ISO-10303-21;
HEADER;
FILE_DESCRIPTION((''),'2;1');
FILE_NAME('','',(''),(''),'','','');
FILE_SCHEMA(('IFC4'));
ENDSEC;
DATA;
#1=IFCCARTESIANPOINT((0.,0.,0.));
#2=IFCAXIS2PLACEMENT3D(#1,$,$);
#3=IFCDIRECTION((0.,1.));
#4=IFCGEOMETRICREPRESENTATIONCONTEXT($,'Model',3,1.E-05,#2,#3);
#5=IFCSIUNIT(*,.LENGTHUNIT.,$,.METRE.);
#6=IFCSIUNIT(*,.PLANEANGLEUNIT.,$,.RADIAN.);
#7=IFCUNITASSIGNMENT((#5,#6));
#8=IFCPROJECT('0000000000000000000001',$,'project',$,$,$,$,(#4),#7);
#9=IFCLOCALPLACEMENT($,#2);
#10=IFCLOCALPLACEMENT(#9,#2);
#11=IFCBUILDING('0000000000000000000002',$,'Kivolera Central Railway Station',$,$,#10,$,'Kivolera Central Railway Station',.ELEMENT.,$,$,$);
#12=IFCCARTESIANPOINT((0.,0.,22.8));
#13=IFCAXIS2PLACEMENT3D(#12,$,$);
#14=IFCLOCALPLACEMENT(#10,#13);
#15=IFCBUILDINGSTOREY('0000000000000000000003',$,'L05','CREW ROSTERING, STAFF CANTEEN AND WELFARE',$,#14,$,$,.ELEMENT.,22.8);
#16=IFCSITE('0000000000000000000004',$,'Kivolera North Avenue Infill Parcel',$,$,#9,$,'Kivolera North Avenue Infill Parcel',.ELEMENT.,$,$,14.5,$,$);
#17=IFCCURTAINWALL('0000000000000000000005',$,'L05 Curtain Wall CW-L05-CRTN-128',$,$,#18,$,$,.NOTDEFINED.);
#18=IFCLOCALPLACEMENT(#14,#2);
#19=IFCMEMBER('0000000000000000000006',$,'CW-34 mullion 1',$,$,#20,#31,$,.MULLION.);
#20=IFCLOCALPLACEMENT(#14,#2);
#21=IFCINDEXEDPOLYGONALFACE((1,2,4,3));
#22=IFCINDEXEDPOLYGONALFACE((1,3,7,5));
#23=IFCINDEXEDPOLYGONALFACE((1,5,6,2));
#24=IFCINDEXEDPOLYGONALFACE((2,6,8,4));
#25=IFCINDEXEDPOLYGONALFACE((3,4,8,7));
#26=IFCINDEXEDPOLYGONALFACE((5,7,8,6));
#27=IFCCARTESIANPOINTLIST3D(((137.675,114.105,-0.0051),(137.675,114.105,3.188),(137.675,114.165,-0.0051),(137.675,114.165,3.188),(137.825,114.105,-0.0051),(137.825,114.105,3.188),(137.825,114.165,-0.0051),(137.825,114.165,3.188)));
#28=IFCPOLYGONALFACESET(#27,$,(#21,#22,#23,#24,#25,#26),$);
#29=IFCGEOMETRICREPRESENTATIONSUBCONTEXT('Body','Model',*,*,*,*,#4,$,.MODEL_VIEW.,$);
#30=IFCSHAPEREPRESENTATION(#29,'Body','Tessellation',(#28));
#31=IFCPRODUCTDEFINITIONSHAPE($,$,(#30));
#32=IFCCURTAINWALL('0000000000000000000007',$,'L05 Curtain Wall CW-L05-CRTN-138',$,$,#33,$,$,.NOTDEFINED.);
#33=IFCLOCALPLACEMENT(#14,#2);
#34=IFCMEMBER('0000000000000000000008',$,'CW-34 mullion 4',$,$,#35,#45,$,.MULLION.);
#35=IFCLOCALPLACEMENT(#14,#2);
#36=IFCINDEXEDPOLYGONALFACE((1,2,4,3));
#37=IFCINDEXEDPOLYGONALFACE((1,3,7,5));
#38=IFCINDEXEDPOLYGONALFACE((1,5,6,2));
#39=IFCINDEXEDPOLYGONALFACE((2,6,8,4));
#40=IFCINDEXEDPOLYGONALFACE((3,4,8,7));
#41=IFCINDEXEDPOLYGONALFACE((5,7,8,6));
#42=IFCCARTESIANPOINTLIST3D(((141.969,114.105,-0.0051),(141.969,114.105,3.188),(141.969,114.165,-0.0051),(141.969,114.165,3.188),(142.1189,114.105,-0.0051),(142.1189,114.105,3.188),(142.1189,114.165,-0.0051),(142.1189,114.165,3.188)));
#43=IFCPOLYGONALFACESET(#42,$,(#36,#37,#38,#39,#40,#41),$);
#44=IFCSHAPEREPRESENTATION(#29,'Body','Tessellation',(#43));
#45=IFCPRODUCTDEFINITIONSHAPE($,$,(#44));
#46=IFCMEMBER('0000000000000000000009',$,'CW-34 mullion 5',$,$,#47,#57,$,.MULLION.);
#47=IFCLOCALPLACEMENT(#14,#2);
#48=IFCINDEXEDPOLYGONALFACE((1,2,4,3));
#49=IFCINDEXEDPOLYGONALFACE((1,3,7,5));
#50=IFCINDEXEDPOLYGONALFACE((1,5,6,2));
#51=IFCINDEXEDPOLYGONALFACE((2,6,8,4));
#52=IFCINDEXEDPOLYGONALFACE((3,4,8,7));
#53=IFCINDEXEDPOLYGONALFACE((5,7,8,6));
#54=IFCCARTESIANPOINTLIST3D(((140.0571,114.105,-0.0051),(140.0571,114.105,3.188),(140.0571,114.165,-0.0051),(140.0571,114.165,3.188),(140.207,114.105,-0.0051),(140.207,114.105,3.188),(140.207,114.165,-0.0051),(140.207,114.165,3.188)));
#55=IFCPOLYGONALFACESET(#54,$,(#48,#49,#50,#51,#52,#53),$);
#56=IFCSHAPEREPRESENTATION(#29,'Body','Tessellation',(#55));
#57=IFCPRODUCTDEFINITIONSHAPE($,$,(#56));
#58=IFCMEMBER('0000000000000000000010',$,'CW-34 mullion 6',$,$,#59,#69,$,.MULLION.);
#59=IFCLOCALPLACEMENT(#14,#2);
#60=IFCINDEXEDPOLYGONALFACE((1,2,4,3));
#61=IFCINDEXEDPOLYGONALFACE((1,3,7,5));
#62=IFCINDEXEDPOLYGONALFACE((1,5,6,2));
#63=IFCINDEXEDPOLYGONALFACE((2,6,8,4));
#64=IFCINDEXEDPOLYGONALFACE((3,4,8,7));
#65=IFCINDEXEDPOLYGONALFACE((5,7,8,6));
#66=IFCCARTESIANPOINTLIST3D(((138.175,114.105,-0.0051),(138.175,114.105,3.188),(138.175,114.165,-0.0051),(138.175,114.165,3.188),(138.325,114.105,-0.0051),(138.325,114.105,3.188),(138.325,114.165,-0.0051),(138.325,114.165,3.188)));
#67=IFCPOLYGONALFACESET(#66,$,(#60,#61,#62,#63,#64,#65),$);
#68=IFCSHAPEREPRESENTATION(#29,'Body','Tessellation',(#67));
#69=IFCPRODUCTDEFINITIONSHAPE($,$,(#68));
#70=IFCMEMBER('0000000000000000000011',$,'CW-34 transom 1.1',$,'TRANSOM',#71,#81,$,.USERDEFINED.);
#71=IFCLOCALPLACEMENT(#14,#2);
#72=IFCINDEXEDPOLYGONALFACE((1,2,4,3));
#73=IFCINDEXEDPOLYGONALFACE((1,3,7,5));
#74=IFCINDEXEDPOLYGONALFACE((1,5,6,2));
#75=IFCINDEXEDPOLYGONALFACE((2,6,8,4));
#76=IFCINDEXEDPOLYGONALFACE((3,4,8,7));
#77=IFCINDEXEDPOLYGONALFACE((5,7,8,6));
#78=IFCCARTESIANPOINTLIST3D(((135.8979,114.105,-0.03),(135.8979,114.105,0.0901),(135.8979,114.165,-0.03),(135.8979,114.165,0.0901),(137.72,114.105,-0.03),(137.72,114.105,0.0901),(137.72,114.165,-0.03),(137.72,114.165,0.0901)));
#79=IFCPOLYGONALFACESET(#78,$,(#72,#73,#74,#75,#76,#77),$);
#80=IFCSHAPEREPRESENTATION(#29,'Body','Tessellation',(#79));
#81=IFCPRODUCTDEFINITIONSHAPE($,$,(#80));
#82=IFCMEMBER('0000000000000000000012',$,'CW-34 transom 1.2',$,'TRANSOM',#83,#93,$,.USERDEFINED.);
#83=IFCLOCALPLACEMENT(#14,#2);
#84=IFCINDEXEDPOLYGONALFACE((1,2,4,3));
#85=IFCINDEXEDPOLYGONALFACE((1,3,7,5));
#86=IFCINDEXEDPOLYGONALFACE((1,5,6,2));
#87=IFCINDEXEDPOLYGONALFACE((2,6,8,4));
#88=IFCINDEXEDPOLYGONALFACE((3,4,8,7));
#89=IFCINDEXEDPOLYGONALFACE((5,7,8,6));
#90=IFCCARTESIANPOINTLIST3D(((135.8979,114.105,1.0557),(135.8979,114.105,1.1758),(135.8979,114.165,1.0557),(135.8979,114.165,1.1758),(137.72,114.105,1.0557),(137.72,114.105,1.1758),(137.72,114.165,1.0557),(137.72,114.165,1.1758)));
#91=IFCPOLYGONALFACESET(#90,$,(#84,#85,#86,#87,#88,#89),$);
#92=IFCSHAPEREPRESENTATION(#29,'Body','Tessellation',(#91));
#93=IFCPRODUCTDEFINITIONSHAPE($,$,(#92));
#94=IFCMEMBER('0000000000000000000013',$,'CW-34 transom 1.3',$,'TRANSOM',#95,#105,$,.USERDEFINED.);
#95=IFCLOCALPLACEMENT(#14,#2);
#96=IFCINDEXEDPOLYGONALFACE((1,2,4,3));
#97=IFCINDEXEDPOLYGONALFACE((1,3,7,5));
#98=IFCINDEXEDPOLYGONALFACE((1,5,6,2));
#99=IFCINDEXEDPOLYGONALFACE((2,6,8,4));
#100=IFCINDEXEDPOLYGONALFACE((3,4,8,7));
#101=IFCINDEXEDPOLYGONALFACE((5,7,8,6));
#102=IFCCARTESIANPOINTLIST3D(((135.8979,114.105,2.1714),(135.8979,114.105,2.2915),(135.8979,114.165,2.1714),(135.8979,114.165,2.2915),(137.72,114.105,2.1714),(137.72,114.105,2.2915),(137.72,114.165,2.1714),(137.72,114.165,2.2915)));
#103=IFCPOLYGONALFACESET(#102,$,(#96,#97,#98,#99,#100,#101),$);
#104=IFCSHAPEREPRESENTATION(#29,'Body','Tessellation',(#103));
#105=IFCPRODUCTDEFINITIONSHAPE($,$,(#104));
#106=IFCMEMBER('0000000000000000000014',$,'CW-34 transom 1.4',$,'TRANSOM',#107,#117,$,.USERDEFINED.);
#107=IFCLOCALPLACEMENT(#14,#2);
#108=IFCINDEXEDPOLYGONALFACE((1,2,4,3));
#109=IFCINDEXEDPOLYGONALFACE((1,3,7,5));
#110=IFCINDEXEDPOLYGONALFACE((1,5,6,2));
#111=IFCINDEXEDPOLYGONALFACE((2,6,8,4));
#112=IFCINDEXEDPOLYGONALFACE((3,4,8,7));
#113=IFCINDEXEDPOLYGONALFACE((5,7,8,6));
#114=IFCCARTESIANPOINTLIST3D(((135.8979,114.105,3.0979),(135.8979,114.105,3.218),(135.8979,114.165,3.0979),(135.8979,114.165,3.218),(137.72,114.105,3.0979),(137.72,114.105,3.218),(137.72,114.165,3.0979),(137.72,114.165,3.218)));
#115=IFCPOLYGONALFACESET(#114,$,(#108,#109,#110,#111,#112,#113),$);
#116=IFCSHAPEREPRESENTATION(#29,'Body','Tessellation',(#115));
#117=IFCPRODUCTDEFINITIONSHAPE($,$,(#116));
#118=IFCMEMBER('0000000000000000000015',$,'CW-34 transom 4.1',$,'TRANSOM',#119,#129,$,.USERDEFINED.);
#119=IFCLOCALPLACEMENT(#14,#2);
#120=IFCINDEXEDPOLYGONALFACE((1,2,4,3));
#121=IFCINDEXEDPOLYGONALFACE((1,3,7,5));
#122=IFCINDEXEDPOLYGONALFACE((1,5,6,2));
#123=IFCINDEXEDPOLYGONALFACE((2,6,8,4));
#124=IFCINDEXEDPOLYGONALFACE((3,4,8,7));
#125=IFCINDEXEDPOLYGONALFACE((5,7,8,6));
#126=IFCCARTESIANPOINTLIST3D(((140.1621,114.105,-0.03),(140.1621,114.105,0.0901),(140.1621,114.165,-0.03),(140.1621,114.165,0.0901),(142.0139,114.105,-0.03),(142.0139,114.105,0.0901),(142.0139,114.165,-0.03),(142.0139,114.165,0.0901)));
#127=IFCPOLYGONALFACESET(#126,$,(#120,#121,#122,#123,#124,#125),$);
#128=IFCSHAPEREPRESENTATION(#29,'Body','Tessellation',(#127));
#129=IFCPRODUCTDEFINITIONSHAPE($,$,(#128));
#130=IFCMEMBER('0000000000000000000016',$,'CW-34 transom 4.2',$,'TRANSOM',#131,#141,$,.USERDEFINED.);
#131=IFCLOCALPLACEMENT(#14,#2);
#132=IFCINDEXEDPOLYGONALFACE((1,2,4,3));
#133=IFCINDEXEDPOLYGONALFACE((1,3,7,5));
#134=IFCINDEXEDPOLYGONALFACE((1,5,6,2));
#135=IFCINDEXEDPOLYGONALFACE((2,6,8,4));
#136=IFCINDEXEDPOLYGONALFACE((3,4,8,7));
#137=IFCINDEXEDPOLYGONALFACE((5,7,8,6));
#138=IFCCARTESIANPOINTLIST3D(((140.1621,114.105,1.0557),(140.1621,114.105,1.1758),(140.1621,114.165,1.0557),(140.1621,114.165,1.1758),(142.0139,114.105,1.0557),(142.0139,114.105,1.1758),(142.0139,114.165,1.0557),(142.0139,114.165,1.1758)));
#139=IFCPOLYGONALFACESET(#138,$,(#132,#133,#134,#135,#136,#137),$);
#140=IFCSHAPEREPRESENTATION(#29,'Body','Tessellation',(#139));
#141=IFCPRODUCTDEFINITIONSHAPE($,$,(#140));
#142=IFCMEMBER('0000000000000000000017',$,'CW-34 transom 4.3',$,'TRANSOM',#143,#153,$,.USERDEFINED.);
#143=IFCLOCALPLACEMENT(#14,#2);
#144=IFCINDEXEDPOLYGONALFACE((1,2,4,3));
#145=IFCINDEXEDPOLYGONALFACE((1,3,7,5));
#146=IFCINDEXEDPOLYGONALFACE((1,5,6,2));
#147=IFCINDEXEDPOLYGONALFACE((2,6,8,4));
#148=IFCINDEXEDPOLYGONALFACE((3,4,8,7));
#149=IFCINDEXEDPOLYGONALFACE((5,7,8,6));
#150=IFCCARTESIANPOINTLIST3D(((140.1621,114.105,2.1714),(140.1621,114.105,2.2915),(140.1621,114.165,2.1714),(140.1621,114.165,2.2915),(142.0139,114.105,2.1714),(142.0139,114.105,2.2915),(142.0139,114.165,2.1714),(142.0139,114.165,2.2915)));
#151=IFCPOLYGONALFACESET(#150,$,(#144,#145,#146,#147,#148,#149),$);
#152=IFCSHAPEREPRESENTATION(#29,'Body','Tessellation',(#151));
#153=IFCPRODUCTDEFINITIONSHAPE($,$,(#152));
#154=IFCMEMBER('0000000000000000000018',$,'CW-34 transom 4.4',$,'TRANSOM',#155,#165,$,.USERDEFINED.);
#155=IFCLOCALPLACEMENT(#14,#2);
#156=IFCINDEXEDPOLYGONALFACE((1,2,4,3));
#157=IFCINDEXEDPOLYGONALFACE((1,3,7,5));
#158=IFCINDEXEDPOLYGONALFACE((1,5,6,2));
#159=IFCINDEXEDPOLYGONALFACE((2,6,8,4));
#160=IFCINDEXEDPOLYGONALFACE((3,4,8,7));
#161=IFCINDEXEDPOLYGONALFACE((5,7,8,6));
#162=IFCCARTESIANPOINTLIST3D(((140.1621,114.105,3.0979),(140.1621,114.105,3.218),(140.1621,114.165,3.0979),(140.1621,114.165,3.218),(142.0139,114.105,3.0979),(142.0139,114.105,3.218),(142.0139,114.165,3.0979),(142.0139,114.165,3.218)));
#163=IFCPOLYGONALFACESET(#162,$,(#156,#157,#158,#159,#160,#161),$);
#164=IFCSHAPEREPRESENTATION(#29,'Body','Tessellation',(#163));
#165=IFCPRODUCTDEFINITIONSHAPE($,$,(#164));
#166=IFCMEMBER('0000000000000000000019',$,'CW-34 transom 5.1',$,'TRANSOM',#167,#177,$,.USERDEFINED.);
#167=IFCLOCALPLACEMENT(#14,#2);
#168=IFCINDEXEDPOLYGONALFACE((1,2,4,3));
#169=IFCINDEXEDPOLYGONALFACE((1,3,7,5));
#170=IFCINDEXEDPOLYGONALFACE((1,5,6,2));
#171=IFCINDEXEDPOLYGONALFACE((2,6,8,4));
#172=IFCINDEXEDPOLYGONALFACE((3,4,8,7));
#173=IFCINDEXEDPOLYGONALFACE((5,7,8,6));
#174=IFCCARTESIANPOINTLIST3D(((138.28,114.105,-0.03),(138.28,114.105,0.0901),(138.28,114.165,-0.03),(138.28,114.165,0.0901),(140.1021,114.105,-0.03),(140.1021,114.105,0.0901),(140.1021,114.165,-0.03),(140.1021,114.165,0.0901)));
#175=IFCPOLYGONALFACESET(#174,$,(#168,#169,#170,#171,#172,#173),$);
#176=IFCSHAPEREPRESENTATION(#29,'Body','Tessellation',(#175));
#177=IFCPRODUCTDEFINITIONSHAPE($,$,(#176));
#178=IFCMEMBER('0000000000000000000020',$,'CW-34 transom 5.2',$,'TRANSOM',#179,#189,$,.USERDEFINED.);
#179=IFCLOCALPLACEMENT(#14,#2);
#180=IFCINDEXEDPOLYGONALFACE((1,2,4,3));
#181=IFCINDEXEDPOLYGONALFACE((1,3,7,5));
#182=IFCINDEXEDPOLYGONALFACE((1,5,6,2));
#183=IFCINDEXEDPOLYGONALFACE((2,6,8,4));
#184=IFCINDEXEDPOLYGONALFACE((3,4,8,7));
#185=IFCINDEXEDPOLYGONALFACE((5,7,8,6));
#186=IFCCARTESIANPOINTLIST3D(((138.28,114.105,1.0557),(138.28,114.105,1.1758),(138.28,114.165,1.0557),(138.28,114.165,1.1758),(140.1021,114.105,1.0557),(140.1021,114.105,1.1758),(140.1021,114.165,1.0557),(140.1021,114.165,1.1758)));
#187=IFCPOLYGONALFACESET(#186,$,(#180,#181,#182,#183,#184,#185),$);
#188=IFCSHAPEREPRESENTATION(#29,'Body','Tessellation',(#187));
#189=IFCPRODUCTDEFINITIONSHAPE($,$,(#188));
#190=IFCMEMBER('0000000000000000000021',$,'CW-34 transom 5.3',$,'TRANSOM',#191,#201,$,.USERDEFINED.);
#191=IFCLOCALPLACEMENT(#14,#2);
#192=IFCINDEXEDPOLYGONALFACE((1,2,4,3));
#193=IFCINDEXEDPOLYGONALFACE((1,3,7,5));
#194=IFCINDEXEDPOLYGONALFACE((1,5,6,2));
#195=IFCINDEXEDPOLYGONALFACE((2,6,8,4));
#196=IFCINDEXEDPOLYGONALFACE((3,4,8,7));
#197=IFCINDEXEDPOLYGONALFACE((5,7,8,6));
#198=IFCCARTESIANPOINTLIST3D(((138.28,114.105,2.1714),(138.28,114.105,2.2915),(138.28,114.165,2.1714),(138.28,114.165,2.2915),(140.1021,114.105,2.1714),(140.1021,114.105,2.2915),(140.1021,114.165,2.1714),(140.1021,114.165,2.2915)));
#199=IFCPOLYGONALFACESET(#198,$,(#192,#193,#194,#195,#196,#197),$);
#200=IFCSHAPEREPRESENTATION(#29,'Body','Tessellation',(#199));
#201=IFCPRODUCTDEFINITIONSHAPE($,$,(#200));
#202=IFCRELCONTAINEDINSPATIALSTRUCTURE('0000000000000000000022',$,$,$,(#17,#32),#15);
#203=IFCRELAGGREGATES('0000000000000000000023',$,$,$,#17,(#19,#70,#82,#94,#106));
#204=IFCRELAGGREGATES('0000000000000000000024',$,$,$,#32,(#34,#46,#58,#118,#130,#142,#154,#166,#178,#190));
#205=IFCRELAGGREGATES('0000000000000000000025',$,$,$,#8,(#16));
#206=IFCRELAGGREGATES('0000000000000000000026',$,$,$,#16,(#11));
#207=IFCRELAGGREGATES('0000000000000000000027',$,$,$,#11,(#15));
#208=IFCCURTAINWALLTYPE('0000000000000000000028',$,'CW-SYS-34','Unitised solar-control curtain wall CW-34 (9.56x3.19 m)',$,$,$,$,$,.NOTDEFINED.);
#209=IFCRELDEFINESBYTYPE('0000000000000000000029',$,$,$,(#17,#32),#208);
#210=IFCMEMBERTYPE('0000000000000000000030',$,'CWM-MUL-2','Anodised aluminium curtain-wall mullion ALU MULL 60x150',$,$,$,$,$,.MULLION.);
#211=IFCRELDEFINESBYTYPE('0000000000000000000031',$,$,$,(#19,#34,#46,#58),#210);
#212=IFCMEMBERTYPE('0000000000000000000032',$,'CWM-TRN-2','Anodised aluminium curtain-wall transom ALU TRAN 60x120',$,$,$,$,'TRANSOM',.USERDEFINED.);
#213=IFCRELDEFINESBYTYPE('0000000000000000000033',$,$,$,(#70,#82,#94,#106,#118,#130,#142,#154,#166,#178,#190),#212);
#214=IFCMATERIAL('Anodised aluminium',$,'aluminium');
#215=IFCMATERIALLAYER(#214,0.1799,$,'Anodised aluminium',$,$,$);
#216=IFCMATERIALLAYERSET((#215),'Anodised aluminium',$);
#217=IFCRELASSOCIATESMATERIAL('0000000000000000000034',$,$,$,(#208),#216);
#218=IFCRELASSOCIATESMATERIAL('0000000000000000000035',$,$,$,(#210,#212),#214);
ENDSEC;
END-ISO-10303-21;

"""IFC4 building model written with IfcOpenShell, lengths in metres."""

from ifc_helpers import new_model, si_unit, direction, frame, origin, origin_2d, place, context, subcontext, project, spatial, rectangle, extrude, material, layer, layer_set, material_profile, profile_set, type_object, element, aggregate, save


model = new_model("IFC4")

# Units and contexts
model_context = context("Model", 3, precision=1e-05, world=origin(), true_north=direction((0.0, 1.0)))
body_context = subcontext(model_context, "Body", "Model", "MODEL_VIEW")
ifc_project = project(units=[si_unit("LENGTHUNIT", "METRE"), si_unit("PLANEANGLEUNIT", "RADIAN")], contexts=[model_context])

# Site, building, storey
site_placement = place(None, origin())
site = spatial("IfcSite", under=ifc_project, at=site_placement, Name="Kivolera North Avenue Infill Parcel", LongName="Kivolera North Avenue Infill Parcel", CompositionType="ELEMENT", RefElevation=14.5)
building_placement = place(site_placement, origin())
building = spatial("IfcBuilding", under=site, at=building_placement, Name="Kivolera Central Railway Station", LongName="Kivolera Central Railway Station", CompositionType="ELEMENT")
storey_placement = place(building_placement, frame((0.0, 0.0, 22.8)))
storey = spatial("IfcBuildingStorey", under=building, at=storey_placement, Name="L05", Description="CREW ROSTERING, STAFF CANTEEN AND WELFARE", CompositionType="ELEMENT", Elevation=22.8)

# Curtain wall, member
ifc_material_1 = material(Name="Anodised aluminium", Category="aluminium")
ifc_layer_1 = layer(ifc_material_1, 0.1799, Name="Anodised aluminium")
ifc_layer_set_1 = layer_set([ifc_layer_1], Name="Anodised aluminium")
curtain_wall_type = type_object("IfcCurtainWallType", Name="CW-SYS-34", Description="Unitised solar-control curtain wall CW-34 (9.56x3.19 m)", PredefinedType="NOTDEFINED", material=ifc_layer_set_1)
curtain_wall_1_placement = place(storey_placement, origin())
curtain_wall_1 = element("IfcCurtainWall", 1, at=curtain_wall_1_placement, inside=storey, type_object=curtain_wall_type, Name="L05 Curtain Wall CW-L05-CRTN-128", PredefinedType="NOTDEFINED")
ifc_material_profile_1 = material_profile(ifc_material_1, rectangle(XDim=0.0601, YDim=0.1499, at=origin_2d()), Name="ALU MULL 60x150")
ifc_profile_set_1 = profile_set([ifc_material_profile_1], Name="Anodised aluminium")
member_type_1 = type_object("IfcMemberType", Name="CWM-MUL-2", Description="Anodised aluminium curtain-wall mullion ALU MULL 60x150", PredefinedType="MULLION", material=ifc_profile_set_1)
member_1_placement = place(storey_placement, frame((137.75, 114.135, -0.0051), z_axis=(0.0, 0.0, 1.0), x_axis=(0.0, -1.0, 0.0)))
member_1 = element("IfcMember", 2, at=member_1_placement, type_object=member_type_1, Name="CW-34 mullion 1", PredefinedType="MULLION", context=body_context, shape_type="SweptSolid", body=[
    extrude(rectangle(XDim=0.0601, YDim=0.1499, at=origin_2d()), origin(), (0.0, 0.0, 1.0), 3.1931),
])

# Curtain wall, members
curtain_wall_2_placement = place(storey_placement, origin())
curtain_wall_2 = element("IfcCurtainWall", 3, at=curtain_wall_2_placement, inside=storey, type_object=curtain_wall_type, Name="L05 Curtain Wall CW-L05-CRTN-138", PredefinedType="NOTDEFINED")
member_2_placement = place(storey_placement, frame((142.0439, 114.135, -0.0051), z_axis=(0.0, 0.0, 1.0), x_axis=(0.0, -1.0, 0.0)))
member_2 = element("IfcMember", 4, at=member_2_placement, type_object=member_type_1, Name="CW-34 mullion 4", PredefinedType="MULLION", context=body_context, shape_type="SweptSolid", body=[
    extrude(rectangle(XDim=0.0601, YDim=0.1499, at=origin_2d()), origin(), (0.0, 0.0, 1.0), 3.1931),
])
member_3_placement = place(storey_placement, frame((140.1321, 114.135, -0.0051), z_axis=(0.0, 0.0, 1.0), x_axis=(0.0, -1.0, 0.0)))
member_3 = element("IfcMember", 5, at=member_3_placement, type_object=member_type_1, Name="CW-34 mullion 5", PredefinedType="MULLION", context=body_context, shape_type="SweptSolid", body=[
    extrude(rectangle(XDim=0.0601, YDim=0.1499, at=origin_2d()), origin(), (0.0, 0.0, 1.0), 3.1931),
])
member_4_placement = place(storey_placement, frame((138.25, 114.135, -0.0051), z_axis=(0.0, 0.0, 1.0), x_axis=(0.0, -1.0, 0.0)))
member_4 = element("IfcMember", 6, at=member_4_placement, type_object=member_type_1, Name="CW-34 mullion 6", PredefinedType="MULLION", context=body_context, shape_type="SweptSolid", body=[
    extrude(rectangle(XDim=0.0601, YDim=0.1499, at=origin_2d()), origin(), (0.0, 0.0, 1.0), 3.1931),
])

# Members
ifc_material_profile_2 = material_profile(ifc_material_1, rectangle(XDim=0.0601, YDim=0.1201, at=origin_2d()), Name="ALU TRAN 60x120")
ifc_profile_set_2 = profile_set([ifc_material_profile_2], Name="Anodised aluminium")
member_type_2 = type_object("IfcMemberType", Name="CWM-TRN-2", Description="Anodised aluminium curtain-wall transom ALU TRAN 60x120", ElementType="TRANSOM", PredefinedType="USERDEFINED", material=ifc_profile_set_2)
member_5_placement = place(storey_placement, frame((137.72, 114.135, 0.03), z_axis=(-1.0, 0.0, 0.0), x_axis=(0.0, -1.0, 0.0)))
member_5 = element("IfcMember", 7, at=member_5_placement, type_object=member_type_2, Name="CW-34 transom 1.1", ObjectType="TRANSOM", PredefinedType="USERDEFINED", context=body_context, shape_type="SweptSolid", body=[
    extrude(rectangle(XDim=0.0601, YDim=0.1201, at=origin_2d()), origin(), (0.0, 0.0, 1.0), 1.822),
])
member_6_placement = place(storey_placement, frame((137.72, 114.135, 1.1157), z_axis=(-1.0, 0.0, 0.0), x_axis=(0.0, -1.0, 0.0)))
member_6 = element("IfcMember", 8, at=member_6_placement, type_object=member_type_2, Name="CW-34 transom 1.2", ObjectType="TRANSOM", PredefinedType="USERDEFINED", context=body_context, shape_type="SweptSolid", body=[
    extrude(rectangle(XDim=0.0601, YDim=0.1201, at=origin_2d()), origin(), (0.0, 0.0, 1.0), 1.822),
])
member_7_placement = place(storey_placement, frame((137.72, 114.135, 2.2314), z_axis=(-1.0, 0.0, 0.0), x_axis=(0.0, -1.0, 0.0)))
member_7 = element("IfcMember", 9, at=member_7_placement, type_object=member_type_2, Name="CW-34 transom 1.3", ObjectType="TRANSOM", PredefinedType="USERDEFINED", context=body_context, shape_type="SweptSolid", body=[
    extrude(rectangle(XDim=0.0601, YDim=0.1201, at=origin_2d()), origin(), (0.0, 0.0, 1.0), 1.822),
])
member_8_placement = place(storey_placement, frame((137.72, 114.135, 3.158), z_axis=(-1.0, 0.0, 0.0), x_axis=(0.0, -1.0, 0.0)))
member_8 = element("IfcMember", 10, at=member_8_placement, type_object=member_type_2, Name="CW-34 transom 1.4", ObjectType="TRANSOM", PredefinedType="USERDEFINED", context=body_context, shape_type="SweptSolid", body=[
    extrude(rectangle(XDim=0.0601, YDim=0.1201, at=origin_2d()), origin(), (0.0, 0.0, 1.0), 1.822),
])
member_9_placement = place(storey_placement, frame((142.0139, 114.135, 0.03), z_axis=(-1.0, 0.0, 0.0), x_axis=(0.0, -1.0, 0.0)))
member_9 = element("IfcMember", 11, at=member_9_placement, type_object=member_type_2, Name="CW-34 transom 4.1", ObjectType="TRANSOM", PredefinedType="USERDEFINED", context=body_context, shape_type="SweptSolid", body=[
    extrude(rectangle(XDim=0.0601, YDim=0.1201, at=origin_2d()), origin(), (0.0, 0.0, 1.0), 1.8518),
])
member_10_placement = place(storey_placement, frame((142.0139, 114.135, 1.1157), z_axis=(-1.0, 0.0, 0.0), x_axis=(0.0, -1.0, 0.0)))
member_10 = element("IfcMember", 12, at=member_10_placement, type_object=member_type_2, Name="CW-34 transom 4.2", ObjectType="TRANSOM", PredefinedType="USERDEFINED", context=body_context, shape_type="SweptSolid", body=[
    extrude(rectangle(XDim=0.0601, YDim=0.1201, at=origin_2d()), origin(), (0.0, 0.0, 1.0), 1.8518),
])
member_11_placement = place(storey_placement, frame((142.0139, 114.135, 2.2314), z_axis=(-1.0, 0.0, 0.0), x_axis=(0.0, -1.0, 0.0)))
member_11 = element("IfcMember", 13, at=member_11_placement, type_object=member_type_2, Name="CW-34 transom 4.3", ObjectType="TRANSOM", PredefinedType="USERDEFINED", context=body_context, shape_type="SweptSolid", body=[
    extrude(rectangle(XDim=0.0601, YDim=0.1201, at=origin_2d()), origin(), (0.0, 0.0, 1.0), 1.8518),
])
member_12_placement = place(storey_placement, frame((142.0139, 114.135, 3.158), z_axis=(-1.0, 0.0, 0.0), x_axis=(0.0, -1.0, 0.0)))
member_12 = element("IfcMember", 14, at=member_12_placement, type_object=member_type_2, Name="CW-34 transom 4.4", ObjectType="TRANSOM", PredefinedType="USERDEFINED", context=body_context, shape_type="SweptSolid", body=[
    extrude(rectangle(XDim=0.0601, YDim=0.1201, at=origin_2d()), origin(), (0.0, 0.0, 1.0), 1.8518),
])
member_13_placement = place(storey_placement, frame((140.1021, 114.135, 0.03), z_axis=(-1.0, 0.0, 0.0), x_axis=(0.0, -1.0, 0.0)))
member_13 = element("IfcMember", 15, at=member_13_placement, type_object=member_type_2, Name="CW-34 transom 5.1", ObjectType="TRANSOM", PredefinedType="USERDEFINED", context=body_context, shape_type="SweptSolid", body=[
    extrude(rectangle(XDim=0.0601, YDim=0.1201, at=origin_2d()), origin(), (0.0, 0.0, 1.0), 1.822),
])
member_14_placement = place(storey_placement, frame((140.1021, 114.135, 1.1157), z_axis=(-1.0, 0.0, 0.0), x_axis=(0.0, -1.0, 0.0)))
member_14 = element("IfcMember", 16, at=member_14_placement, type_object=member_type_2, Name="CW-34 transom 5.2", ObjectType="TRANSOM", PredefinedType="USERDEFINED", context=body_context, shape_type="SweptSolid", body=[
    extrude(rectangle(XDim=0.0601, YDim=0.1201, at=origin_2d()), origin(), (0.0, 0.0, 1.0), 1.822),
])
member_15_placement = place(storey_placement, frame((140.1021, 114.135, 2.2314), z_axis=(-1.0, 0.0, 0.0), x_axis=(0.0, -1.0, 0.0)))
member_15 = element("IfcMember", 17, at=member_15_placement, type_object=member_type_2, Name="CW-34 transom 5.3", ObjectType="TRANSOM", PredefinedType="USERDEFINED", context=body_context, shape_type="SweptSolid", body=[
    extrude(rectangle(XDim=0.0601, YDim=0.1201, at=origin_2d()), origin(), (0.0, 0.0, 1.0), 1.822),
])

aggregate(curtain_wall_1, [member_1, member_5, member_6, member_7, member_8])
aggregate(curtain_wall_2, [member_2, member_3, member_4, member_9, member_10, member_11, member_12, member_13, member_14, member_15])

save(model, "model.ifc")
